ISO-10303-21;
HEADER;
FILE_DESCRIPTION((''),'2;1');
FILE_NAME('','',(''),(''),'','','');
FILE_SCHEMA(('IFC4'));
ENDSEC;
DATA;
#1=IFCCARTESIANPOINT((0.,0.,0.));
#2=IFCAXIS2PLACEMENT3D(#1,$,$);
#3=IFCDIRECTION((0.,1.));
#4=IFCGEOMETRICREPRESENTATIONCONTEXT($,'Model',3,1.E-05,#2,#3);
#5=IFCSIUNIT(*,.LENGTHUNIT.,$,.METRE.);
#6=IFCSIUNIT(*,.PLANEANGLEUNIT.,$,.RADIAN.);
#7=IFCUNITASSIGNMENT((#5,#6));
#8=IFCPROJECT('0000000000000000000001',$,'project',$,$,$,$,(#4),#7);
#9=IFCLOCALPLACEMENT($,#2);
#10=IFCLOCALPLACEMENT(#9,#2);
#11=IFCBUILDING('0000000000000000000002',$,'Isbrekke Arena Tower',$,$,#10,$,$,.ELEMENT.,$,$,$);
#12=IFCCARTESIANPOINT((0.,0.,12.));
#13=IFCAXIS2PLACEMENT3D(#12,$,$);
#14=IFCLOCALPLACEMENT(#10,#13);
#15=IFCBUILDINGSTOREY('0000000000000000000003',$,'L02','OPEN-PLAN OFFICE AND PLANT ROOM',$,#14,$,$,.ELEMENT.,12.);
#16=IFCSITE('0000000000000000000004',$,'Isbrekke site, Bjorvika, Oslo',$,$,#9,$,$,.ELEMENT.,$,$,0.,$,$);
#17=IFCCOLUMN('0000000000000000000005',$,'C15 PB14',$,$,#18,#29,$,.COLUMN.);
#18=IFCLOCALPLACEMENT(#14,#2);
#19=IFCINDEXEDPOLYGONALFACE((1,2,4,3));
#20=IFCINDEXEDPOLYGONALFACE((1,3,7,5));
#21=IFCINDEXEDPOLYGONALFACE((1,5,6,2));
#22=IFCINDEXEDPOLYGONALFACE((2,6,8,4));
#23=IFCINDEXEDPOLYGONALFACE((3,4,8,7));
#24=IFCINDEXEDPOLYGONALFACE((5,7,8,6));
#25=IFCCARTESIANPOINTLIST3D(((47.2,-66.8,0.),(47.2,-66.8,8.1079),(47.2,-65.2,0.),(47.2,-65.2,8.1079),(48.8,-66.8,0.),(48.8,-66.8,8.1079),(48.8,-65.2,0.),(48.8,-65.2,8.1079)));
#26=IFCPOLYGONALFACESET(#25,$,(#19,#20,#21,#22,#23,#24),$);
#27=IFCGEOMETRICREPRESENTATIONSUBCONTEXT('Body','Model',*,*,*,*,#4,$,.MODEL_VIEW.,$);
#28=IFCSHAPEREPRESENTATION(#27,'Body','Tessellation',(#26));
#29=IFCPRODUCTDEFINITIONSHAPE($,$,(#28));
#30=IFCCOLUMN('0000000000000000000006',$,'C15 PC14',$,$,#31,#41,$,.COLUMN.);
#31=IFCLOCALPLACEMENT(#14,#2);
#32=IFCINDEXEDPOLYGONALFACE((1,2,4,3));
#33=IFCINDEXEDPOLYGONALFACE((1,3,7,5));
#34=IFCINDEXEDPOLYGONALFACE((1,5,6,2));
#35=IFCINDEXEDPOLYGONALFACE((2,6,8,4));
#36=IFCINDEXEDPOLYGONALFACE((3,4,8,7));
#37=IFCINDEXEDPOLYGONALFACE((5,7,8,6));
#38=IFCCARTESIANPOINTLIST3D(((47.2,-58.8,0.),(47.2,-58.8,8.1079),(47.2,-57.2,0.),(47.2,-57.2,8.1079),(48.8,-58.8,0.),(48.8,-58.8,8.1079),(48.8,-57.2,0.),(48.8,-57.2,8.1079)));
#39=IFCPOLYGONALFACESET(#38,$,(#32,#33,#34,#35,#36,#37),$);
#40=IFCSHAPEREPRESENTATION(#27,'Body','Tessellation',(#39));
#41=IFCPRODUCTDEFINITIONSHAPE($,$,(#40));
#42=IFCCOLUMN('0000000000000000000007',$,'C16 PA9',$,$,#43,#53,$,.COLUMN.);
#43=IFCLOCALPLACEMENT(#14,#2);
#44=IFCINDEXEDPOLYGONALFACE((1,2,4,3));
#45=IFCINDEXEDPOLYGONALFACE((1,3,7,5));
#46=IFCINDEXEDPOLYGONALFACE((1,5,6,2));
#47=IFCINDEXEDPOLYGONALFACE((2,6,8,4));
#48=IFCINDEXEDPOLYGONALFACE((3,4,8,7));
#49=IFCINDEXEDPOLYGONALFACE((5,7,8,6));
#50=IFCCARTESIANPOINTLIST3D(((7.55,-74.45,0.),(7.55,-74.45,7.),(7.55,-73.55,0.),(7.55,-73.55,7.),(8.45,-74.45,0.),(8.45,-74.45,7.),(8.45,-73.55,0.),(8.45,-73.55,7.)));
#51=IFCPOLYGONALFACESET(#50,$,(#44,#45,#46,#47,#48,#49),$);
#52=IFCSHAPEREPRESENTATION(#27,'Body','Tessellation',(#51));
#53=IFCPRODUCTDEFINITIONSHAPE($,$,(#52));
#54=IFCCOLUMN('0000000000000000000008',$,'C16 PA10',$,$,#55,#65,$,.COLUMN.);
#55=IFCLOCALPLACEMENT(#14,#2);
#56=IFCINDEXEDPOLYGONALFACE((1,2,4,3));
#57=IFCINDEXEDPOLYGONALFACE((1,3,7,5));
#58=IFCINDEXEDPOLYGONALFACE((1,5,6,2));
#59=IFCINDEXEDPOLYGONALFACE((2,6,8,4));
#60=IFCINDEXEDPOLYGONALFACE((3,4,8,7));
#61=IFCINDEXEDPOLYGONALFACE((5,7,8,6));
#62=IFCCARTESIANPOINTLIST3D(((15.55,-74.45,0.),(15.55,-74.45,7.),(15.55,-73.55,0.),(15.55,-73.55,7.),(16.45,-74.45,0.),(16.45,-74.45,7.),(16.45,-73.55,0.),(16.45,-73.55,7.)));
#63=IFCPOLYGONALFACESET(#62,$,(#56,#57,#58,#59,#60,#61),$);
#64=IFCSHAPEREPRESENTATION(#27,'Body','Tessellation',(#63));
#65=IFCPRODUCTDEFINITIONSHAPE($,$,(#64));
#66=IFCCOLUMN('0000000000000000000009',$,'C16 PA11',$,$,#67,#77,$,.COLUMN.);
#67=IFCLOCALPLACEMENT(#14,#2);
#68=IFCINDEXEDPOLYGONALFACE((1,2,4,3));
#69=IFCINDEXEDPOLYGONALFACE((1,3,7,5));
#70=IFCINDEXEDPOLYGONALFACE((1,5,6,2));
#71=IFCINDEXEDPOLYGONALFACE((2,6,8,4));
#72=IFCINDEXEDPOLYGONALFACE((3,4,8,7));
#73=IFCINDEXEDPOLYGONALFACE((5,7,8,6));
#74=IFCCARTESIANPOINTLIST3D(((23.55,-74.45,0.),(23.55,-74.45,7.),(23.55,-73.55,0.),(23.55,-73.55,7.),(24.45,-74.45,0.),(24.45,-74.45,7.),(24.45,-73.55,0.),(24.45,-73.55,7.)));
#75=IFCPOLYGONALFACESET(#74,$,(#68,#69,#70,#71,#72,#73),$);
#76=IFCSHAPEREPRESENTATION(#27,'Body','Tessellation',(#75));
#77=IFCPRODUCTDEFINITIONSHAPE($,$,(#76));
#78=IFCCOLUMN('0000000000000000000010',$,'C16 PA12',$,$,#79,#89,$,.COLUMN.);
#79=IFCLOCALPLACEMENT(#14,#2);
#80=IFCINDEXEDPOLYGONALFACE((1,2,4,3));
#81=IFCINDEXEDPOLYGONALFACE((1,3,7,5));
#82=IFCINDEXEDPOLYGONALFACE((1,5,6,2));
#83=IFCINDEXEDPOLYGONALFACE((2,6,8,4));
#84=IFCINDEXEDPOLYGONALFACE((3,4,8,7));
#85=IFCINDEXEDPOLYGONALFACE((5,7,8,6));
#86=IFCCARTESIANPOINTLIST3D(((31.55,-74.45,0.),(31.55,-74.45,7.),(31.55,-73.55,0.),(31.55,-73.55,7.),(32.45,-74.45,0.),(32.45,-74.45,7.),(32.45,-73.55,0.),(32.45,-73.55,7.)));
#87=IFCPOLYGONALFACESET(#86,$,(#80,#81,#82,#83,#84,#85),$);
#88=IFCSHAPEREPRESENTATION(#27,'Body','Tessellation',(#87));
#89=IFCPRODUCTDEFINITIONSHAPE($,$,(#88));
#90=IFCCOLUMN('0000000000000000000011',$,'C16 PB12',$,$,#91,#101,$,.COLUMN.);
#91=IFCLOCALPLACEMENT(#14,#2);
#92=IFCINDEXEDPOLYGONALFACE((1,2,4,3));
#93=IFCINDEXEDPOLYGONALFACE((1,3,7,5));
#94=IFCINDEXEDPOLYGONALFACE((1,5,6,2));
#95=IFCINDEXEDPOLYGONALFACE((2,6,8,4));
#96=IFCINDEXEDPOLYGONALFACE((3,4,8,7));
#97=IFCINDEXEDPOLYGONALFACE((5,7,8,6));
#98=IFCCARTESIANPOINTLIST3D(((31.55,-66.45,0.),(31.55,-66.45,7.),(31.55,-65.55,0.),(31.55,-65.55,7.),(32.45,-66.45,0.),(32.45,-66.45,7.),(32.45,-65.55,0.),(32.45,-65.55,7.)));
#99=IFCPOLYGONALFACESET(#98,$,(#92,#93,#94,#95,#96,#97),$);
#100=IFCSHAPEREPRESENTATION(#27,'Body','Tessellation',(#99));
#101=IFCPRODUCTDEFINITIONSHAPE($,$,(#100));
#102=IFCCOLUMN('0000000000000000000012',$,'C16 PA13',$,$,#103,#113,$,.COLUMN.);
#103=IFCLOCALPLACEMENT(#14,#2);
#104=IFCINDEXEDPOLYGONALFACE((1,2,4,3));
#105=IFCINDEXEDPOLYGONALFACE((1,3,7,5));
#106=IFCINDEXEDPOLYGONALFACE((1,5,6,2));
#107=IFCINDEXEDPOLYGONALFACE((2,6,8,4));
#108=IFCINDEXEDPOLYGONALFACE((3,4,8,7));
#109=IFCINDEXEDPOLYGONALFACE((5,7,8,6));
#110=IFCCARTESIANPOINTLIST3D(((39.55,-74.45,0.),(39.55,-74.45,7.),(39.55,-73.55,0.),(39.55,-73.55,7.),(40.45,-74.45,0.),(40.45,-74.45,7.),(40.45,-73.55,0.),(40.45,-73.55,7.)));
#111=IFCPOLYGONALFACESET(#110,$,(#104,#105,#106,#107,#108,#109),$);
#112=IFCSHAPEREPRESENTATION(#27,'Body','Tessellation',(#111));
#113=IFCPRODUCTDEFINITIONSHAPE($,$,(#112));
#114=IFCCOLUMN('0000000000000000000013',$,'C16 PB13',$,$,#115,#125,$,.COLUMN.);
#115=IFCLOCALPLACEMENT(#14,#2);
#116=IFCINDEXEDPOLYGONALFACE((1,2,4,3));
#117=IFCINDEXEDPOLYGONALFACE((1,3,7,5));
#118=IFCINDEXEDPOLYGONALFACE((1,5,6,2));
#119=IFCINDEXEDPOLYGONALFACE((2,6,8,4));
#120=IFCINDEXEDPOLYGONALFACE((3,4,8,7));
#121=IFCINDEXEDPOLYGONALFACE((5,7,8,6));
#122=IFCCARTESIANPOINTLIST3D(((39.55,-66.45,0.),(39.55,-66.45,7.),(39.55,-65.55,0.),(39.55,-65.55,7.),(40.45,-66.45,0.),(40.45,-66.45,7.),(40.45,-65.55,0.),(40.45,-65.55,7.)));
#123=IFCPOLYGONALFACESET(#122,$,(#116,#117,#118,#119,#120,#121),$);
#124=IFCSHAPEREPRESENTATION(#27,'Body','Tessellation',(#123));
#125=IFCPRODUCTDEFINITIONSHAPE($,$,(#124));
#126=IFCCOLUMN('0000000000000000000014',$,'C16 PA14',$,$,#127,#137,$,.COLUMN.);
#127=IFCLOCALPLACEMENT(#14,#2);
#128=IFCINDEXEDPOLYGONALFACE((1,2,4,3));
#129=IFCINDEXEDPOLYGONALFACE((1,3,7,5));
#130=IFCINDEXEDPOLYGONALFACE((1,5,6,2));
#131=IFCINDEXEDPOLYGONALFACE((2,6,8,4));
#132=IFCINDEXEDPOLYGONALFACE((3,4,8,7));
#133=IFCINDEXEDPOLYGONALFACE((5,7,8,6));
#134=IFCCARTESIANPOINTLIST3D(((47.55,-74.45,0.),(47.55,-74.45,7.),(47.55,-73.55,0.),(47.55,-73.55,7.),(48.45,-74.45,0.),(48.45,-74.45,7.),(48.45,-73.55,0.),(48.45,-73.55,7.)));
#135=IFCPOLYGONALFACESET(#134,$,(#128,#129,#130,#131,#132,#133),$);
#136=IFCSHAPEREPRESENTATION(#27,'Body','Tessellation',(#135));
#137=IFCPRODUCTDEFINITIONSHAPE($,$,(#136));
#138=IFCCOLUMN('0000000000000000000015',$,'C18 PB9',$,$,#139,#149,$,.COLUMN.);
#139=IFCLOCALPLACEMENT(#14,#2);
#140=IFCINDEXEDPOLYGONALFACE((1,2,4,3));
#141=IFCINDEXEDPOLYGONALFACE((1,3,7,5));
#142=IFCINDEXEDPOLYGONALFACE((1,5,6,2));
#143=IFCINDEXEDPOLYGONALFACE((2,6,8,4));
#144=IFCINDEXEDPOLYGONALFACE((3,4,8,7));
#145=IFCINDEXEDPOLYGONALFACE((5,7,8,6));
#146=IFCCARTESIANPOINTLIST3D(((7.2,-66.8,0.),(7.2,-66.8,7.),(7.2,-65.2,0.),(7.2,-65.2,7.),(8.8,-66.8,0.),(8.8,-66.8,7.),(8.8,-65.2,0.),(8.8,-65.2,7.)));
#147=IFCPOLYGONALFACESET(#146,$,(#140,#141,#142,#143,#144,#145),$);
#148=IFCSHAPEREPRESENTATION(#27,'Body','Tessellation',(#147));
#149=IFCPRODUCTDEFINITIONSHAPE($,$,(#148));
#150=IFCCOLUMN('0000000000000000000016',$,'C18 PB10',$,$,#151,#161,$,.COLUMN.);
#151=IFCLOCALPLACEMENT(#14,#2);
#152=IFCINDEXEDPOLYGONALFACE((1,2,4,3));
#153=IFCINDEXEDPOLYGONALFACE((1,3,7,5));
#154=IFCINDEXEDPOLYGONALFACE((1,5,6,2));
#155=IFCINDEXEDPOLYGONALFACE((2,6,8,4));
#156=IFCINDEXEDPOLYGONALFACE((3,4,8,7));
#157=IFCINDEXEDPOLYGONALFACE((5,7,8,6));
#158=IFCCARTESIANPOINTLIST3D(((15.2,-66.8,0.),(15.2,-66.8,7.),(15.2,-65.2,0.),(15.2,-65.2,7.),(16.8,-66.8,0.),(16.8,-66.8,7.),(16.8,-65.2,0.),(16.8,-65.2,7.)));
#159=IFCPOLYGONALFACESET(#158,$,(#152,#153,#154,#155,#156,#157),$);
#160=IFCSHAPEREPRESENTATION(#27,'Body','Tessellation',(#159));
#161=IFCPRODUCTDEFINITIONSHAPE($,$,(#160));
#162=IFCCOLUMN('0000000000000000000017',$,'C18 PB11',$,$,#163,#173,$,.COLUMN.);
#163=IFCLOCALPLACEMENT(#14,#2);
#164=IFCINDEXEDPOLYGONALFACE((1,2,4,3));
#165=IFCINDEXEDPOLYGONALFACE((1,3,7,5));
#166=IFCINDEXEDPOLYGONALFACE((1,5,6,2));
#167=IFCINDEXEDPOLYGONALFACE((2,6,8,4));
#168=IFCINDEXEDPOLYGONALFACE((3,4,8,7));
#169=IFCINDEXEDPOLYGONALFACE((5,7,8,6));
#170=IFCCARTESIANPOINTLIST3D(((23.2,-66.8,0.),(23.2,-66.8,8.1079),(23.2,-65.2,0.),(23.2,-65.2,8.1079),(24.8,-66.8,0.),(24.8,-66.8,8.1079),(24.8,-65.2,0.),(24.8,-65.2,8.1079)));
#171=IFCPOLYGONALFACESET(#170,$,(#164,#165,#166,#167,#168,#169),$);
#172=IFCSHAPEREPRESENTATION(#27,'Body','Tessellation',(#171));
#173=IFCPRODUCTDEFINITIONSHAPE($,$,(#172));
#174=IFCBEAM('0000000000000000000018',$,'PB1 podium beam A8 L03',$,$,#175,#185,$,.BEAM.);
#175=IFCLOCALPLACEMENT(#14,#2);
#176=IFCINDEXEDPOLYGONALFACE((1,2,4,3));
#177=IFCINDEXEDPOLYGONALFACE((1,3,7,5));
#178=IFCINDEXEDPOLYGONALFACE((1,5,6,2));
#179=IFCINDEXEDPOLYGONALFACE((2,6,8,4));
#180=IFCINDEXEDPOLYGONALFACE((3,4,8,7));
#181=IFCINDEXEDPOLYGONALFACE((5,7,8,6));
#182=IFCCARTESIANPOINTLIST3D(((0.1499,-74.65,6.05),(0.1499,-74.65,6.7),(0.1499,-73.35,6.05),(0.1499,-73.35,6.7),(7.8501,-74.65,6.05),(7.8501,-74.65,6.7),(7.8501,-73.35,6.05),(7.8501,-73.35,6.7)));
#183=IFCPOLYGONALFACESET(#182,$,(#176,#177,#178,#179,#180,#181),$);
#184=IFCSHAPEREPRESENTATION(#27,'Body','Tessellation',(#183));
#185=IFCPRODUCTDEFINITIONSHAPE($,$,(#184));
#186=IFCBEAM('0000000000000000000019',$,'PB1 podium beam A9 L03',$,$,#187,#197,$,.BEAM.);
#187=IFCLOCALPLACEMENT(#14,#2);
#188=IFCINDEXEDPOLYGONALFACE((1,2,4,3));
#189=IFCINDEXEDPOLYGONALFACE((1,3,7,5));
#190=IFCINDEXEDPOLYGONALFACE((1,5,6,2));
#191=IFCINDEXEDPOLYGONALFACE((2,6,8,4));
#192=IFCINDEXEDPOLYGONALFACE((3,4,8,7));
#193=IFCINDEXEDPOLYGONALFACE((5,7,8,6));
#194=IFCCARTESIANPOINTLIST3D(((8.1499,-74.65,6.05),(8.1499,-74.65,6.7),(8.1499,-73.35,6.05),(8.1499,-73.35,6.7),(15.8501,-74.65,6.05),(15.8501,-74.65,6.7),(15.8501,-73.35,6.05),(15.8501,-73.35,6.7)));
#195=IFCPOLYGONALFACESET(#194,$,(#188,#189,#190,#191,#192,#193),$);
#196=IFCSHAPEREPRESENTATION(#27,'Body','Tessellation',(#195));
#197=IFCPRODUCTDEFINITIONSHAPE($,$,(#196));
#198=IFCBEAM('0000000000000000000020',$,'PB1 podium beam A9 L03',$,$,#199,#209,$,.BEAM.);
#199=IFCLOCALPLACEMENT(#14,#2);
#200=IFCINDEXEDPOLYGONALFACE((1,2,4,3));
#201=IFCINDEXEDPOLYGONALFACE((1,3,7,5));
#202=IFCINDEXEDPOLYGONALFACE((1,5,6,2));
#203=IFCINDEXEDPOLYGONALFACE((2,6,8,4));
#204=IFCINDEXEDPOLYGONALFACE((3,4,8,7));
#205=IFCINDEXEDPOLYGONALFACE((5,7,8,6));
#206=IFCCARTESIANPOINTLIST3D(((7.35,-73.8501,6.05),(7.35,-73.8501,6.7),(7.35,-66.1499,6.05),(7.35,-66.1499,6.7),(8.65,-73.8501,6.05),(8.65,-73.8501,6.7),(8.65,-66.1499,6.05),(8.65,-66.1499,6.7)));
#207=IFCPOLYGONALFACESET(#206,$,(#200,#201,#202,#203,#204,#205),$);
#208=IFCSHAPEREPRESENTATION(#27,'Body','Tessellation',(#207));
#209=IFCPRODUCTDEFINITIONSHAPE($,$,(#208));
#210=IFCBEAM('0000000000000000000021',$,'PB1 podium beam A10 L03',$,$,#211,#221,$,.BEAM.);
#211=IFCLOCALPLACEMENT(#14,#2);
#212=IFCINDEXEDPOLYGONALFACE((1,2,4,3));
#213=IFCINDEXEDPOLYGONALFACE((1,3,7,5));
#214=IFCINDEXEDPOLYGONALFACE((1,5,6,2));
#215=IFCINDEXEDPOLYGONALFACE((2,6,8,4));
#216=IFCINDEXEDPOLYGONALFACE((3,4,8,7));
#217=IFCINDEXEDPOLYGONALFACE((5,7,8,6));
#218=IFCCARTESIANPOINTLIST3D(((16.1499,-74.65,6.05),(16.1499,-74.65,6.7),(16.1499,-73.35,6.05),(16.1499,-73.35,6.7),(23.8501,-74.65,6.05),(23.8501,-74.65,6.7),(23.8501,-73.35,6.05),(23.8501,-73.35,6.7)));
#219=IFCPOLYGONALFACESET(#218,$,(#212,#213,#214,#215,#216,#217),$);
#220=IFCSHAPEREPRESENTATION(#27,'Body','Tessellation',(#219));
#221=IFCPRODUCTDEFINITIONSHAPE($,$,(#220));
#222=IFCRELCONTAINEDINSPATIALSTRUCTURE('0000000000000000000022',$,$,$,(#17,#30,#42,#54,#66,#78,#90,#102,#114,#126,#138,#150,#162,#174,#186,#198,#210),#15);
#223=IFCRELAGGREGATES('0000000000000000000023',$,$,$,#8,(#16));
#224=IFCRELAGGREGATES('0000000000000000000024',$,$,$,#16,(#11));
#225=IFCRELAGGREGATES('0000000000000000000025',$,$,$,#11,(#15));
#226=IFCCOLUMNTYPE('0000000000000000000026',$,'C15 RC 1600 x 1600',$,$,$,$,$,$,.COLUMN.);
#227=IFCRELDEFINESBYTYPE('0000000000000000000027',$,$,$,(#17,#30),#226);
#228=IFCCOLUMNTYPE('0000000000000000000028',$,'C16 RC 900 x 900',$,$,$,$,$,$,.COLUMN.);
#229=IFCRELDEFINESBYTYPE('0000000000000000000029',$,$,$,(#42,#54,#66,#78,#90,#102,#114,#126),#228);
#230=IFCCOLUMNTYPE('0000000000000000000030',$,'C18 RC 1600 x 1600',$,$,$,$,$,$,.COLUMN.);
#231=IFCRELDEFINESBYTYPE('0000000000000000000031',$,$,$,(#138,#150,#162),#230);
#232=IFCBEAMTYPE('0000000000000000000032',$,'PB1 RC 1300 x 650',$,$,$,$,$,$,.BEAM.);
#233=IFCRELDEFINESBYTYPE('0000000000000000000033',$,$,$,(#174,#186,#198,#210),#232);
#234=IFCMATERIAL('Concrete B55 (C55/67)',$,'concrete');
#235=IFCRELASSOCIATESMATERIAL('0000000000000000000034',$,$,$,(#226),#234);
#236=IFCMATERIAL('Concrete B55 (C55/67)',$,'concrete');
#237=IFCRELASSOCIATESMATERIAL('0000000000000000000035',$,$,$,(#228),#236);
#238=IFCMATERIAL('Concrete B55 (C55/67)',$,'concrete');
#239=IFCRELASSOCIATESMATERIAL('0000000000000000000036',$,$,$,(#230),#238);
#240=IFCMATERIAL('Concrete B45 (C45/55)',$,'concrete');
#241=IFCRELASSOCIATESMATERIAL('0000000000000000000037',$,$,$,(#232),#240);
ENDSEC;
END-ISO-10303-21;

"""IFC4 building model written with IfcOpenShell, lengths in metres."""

from ifc_helpers import new_model, si_unit, direction, frame, origin, origin_2d, place, context, subcontext, project, spatial, rectangle, extrude, material, material_profile, profile_set, type_object, element, save


model = new_model("IFC4")

# Units and contexts
model_context = context("Model", 3, precision=1e-05, world=origin(), true_north=direction((0.0, 1.0)))
body_context = subcontext(model_context, "Body", "Model", "MODEL_VIEW")
ifc_project = project(units=[si_unit("LENGTHUNIT", "METRE"), si_unit("PLANEANGLEUNIT", "RADIAN")], contexts=[model_context])

# Site, building, storey
site_placement = place(None, origin())
site = spatial("IfcSite", under=ifc_project, at=site_placement, Name="Isbrekke site, Bjorvika, Oslo", CompositionType="ELEMENT", RefElevation=0.0)
building_placement = place(site_placement, origin())
building = spatial("IfcBuilding", under=site, at=building_placement, Name="Isbrekke Arena Tower", CompositionType="ELEMENT")
storey_placement = place(building_placement, frame((0.0, 0.0, 12.0)))
storey = spatial("IfcBuildingStorey", under=building, at=storey_placement, Name="L02", Description="OPEN-PLAN OFFICE AND PLANT ROOM", CompositionType="ELEMENT", Elevation=12.0)

# Columns
ifc_material_1 = material(Name="Concrete B55 (C55/67)", Category="concrete")
ifc_material_profile_1 = material_profile(ifc_material_1, rectangle(XDim=1.6001, YDim=1.6001, at=origin_2d()), Name="RC 1600x1600")
ifc_profile_set_1 = profile_set([ifc_material_profile_1], Name="Concrete B55 (C55/67)")
column_type_1 = type_object("IfcColumnType", Name="C15 RC 1600 x 1600", PredefinedType="COLUMN", material=ifc_profile_set_1)
for number, where, z_axis, x_axis, name in (
    (1, (48.0, -66.0, 0.0), (0.0, 0.0, 1.0), (1.0, 0.0, 0.0), "C15 PB14"),
    (2, (48.0, -58.0, 0.0), (0.0, 0.0, 1.0), (1.0, 0.0, 0.0), "C15 PC14"),
):
    element("IfcColumn", number, at=place(storey_placement, frame(where, z_axis=z_axis, x_axis=x_axis)), inside=storey, type_object=column_type_1, Name=name, PredefinedType="COLUMN", context=body_context, shape_type="SweptSolid", body=[
        extrude(rectangle(XDim=1.6001, YDim=1.6001, at=origin_2d()), origin(), (0.0, 0.0, 1.0), 8.1079),
    ])
ifc_material_2 = material(Name="Concrete B55 (C55/67)", Category="concrete")
ifc_material_profile_2 = material_profile(ifc_material_2, rectangle(XDim=0.8999, YDim=0.8999, at=origin_2d()), Name="RC 900x900")
ifc_profile_set_2 = profile_set([ifc_material_profile_2], Name="Concrete B55 (C55/67)")
column_type_2 = type_object("IfcColumnType", Name="C16 RC 900 x 900", PredefinedType="COLUMN", material=ifc_profile_set_2)
for number, where, z_axis, x_axis, name in (
    (3, (8.0, -74.0, 0.0), (0.0, 0.0, 1.0), (1.0, 0.0, 0.0), "C16 PA9"),
    (4, (16.0, -74.0, 0.0), (0.0, 0.0, 1.0), (1.0, 0.0, 0.0), "C16 PA10"),
    (5, (24.0, -74.0, 0.0), (0.0, 0.0, 1.0), (1.0, 0.0, 0.0), "C16 PA11"),
    (6, (32.0, -74.0, 0.0), (0.0, 0.0, 1.0), (1.0, 0.0, 0.0), "C16 PA12"),
    (7, (32.0, -66.0, 0.0), (0.0, 0.0, 1.0), (1.0, 0.0, 0.0), "C16 PB12"),
    (8, (40.0, -74.0, 0.0), (0.0, 0.0, 1.0), (1.0, 0.0, 0.0), "C16 PA13"),
    (9, (40.0, -66.0, 0.0), (0.0, 0.0, 1.0), (1.0, 0.0, 0.0), "C16 PB13"),
    (10, (48.0, -74.0, 0.0), (0.0, 0.0, 1.0), (1.0, 0.0, 0.0), "C16 PA14"),
):
    element("IfcColumn", number, at=place(storey_placement, frame(where, z_axis=z_axis, x_axis=x_axis)), inside=storey, type_object=column_type_2, Name=name, PredefinedType="COLUMN", context=body_context, shape_type="SweptSolid", body=[
        extrude(rectangle(XDim=0.8999, YDim=0.8999, at=origin_2d()), origin(), (0.0, 0.0, 1.0), 7.0),
    ])
ifc_material_3 = material(Name="Concrete B55 (C55/67)", Category="concrete")
ifc_material_profile_3 = material_profile(ifc_material_3, rectangle(XDim=1.6001, YDim=1.6001, at=origin_2d()), Name="RC 1600x1600")
ifc_profile_set_3 = profile_set([ifc_material_profile_3], Name="Concrete B55 (C55/67)")
column_type_3 = type_object("IfcColumnType", Name="C18 RC 1600 x 1600", PredefinedType="COLUMN", material=ifc_profile_set_3)
for number, where, z_axis, x_axis, name in (
    (11, (8.0, -66.0, 0.0), (0.0, 0.0, 1.0), (1.0, 0.0, 0.0), "C18 PB9"),
    (12, (16.0, -66.0, 0.0), (0.0, 0.0, 1.0), (1.0, 0.0, 0.0), "C18 PB10"),
):
    element("IfcColumn", number, at=place(storey_placement, frame(where, z_axis=z_axis, x_axis=x_axis)), inside=storey, type_object=column_type_3, Name=name, PredefinedType="COLUMN", context=body_context, shape_type="SweptSolid", body=[
        extrude(rectangle(XDim=1.6001, YDim=1.6001, at=origin_2d()), origin(), (0.0, 0.0, 1.0), 7.0),
    ])
column_placement = place(storey_placement, frame((24.0, -66.0, 0.0), z_axis=(0.0, 0.0, 1.0), x_axis=(1.0, 0.0, 0.0)))
element("IfcColumn", 13, at=column_placement, inside=storey, type_object=column_type_3, Name="C18 PB11", PredefinedType="COLUMN", context=body_context, shape_type="SweptSolid", body=[
    extrude(rectangle(XDim=1.6001, YDim=1.6001, at=origin_2d()), origin(), (0.0, 0.0, 1.0), 8.1079),
])

# Beams
ifc_material_4 = material(Name="Concrete B45 (C45/55)", Category="concrete")
ifc_material_profile_4 = material_profile(ifc_material_4, rectangle(XDim=1.3, YDim=0.6499, at=origin_2d()), Name="RC 1300x650")
ifc_profile_set_4 = profile_set([ifc_material_profile_4], Name="Concrete B45 (C45/55)")
beam_type_1 = type_object("IfcBeamType", Name="PB1 RC 1300 x 650", PredefinedType="BEAM", material=ifc_profile_set_4)
for number, where, z_axis, x_axis, name in (
    (14, (0.1499, -74.0, 6.375), (1.0, 0.0, 0.0), (0.0, 1.0, 0.0), "PB1 podium beam A8 L03"),
    (15, (8.1499, -74.0, 6.375), (1.0, 0.0, 0.0), (0.0, 1.0, 0.0), "PB1 podium beam A9 L03"),
    (16, (8.0, -73.8501, 6.375), (0.0, 1.0, 0.0), (-1.0, 0.0, 0.0), "PB1 podium beam A9 L03"),
    (17, (16.1499, -74.0, 6.375), (1.0, 0.0, 0.0), (0.0, 1.0, 0.0), "PB1 podium beam A10 L03"),
):
    element("IfcBeam", number, at=place(storey_placement, frame(where, z_axis=z_axis, x_axis=x_axis)), inside=storey, type_object=beam_type_1, Name=name, PredefinedType="BEAM", context=body_context, shape_type="SweptSolid", body=[
        extrude(rectangle(XDim=1.3, YDim=0.6499, at=origin_2d()), origin(), (0.0, 0.0, 1.0), 7.7002),
    ])

save(model, "model.ifc")
